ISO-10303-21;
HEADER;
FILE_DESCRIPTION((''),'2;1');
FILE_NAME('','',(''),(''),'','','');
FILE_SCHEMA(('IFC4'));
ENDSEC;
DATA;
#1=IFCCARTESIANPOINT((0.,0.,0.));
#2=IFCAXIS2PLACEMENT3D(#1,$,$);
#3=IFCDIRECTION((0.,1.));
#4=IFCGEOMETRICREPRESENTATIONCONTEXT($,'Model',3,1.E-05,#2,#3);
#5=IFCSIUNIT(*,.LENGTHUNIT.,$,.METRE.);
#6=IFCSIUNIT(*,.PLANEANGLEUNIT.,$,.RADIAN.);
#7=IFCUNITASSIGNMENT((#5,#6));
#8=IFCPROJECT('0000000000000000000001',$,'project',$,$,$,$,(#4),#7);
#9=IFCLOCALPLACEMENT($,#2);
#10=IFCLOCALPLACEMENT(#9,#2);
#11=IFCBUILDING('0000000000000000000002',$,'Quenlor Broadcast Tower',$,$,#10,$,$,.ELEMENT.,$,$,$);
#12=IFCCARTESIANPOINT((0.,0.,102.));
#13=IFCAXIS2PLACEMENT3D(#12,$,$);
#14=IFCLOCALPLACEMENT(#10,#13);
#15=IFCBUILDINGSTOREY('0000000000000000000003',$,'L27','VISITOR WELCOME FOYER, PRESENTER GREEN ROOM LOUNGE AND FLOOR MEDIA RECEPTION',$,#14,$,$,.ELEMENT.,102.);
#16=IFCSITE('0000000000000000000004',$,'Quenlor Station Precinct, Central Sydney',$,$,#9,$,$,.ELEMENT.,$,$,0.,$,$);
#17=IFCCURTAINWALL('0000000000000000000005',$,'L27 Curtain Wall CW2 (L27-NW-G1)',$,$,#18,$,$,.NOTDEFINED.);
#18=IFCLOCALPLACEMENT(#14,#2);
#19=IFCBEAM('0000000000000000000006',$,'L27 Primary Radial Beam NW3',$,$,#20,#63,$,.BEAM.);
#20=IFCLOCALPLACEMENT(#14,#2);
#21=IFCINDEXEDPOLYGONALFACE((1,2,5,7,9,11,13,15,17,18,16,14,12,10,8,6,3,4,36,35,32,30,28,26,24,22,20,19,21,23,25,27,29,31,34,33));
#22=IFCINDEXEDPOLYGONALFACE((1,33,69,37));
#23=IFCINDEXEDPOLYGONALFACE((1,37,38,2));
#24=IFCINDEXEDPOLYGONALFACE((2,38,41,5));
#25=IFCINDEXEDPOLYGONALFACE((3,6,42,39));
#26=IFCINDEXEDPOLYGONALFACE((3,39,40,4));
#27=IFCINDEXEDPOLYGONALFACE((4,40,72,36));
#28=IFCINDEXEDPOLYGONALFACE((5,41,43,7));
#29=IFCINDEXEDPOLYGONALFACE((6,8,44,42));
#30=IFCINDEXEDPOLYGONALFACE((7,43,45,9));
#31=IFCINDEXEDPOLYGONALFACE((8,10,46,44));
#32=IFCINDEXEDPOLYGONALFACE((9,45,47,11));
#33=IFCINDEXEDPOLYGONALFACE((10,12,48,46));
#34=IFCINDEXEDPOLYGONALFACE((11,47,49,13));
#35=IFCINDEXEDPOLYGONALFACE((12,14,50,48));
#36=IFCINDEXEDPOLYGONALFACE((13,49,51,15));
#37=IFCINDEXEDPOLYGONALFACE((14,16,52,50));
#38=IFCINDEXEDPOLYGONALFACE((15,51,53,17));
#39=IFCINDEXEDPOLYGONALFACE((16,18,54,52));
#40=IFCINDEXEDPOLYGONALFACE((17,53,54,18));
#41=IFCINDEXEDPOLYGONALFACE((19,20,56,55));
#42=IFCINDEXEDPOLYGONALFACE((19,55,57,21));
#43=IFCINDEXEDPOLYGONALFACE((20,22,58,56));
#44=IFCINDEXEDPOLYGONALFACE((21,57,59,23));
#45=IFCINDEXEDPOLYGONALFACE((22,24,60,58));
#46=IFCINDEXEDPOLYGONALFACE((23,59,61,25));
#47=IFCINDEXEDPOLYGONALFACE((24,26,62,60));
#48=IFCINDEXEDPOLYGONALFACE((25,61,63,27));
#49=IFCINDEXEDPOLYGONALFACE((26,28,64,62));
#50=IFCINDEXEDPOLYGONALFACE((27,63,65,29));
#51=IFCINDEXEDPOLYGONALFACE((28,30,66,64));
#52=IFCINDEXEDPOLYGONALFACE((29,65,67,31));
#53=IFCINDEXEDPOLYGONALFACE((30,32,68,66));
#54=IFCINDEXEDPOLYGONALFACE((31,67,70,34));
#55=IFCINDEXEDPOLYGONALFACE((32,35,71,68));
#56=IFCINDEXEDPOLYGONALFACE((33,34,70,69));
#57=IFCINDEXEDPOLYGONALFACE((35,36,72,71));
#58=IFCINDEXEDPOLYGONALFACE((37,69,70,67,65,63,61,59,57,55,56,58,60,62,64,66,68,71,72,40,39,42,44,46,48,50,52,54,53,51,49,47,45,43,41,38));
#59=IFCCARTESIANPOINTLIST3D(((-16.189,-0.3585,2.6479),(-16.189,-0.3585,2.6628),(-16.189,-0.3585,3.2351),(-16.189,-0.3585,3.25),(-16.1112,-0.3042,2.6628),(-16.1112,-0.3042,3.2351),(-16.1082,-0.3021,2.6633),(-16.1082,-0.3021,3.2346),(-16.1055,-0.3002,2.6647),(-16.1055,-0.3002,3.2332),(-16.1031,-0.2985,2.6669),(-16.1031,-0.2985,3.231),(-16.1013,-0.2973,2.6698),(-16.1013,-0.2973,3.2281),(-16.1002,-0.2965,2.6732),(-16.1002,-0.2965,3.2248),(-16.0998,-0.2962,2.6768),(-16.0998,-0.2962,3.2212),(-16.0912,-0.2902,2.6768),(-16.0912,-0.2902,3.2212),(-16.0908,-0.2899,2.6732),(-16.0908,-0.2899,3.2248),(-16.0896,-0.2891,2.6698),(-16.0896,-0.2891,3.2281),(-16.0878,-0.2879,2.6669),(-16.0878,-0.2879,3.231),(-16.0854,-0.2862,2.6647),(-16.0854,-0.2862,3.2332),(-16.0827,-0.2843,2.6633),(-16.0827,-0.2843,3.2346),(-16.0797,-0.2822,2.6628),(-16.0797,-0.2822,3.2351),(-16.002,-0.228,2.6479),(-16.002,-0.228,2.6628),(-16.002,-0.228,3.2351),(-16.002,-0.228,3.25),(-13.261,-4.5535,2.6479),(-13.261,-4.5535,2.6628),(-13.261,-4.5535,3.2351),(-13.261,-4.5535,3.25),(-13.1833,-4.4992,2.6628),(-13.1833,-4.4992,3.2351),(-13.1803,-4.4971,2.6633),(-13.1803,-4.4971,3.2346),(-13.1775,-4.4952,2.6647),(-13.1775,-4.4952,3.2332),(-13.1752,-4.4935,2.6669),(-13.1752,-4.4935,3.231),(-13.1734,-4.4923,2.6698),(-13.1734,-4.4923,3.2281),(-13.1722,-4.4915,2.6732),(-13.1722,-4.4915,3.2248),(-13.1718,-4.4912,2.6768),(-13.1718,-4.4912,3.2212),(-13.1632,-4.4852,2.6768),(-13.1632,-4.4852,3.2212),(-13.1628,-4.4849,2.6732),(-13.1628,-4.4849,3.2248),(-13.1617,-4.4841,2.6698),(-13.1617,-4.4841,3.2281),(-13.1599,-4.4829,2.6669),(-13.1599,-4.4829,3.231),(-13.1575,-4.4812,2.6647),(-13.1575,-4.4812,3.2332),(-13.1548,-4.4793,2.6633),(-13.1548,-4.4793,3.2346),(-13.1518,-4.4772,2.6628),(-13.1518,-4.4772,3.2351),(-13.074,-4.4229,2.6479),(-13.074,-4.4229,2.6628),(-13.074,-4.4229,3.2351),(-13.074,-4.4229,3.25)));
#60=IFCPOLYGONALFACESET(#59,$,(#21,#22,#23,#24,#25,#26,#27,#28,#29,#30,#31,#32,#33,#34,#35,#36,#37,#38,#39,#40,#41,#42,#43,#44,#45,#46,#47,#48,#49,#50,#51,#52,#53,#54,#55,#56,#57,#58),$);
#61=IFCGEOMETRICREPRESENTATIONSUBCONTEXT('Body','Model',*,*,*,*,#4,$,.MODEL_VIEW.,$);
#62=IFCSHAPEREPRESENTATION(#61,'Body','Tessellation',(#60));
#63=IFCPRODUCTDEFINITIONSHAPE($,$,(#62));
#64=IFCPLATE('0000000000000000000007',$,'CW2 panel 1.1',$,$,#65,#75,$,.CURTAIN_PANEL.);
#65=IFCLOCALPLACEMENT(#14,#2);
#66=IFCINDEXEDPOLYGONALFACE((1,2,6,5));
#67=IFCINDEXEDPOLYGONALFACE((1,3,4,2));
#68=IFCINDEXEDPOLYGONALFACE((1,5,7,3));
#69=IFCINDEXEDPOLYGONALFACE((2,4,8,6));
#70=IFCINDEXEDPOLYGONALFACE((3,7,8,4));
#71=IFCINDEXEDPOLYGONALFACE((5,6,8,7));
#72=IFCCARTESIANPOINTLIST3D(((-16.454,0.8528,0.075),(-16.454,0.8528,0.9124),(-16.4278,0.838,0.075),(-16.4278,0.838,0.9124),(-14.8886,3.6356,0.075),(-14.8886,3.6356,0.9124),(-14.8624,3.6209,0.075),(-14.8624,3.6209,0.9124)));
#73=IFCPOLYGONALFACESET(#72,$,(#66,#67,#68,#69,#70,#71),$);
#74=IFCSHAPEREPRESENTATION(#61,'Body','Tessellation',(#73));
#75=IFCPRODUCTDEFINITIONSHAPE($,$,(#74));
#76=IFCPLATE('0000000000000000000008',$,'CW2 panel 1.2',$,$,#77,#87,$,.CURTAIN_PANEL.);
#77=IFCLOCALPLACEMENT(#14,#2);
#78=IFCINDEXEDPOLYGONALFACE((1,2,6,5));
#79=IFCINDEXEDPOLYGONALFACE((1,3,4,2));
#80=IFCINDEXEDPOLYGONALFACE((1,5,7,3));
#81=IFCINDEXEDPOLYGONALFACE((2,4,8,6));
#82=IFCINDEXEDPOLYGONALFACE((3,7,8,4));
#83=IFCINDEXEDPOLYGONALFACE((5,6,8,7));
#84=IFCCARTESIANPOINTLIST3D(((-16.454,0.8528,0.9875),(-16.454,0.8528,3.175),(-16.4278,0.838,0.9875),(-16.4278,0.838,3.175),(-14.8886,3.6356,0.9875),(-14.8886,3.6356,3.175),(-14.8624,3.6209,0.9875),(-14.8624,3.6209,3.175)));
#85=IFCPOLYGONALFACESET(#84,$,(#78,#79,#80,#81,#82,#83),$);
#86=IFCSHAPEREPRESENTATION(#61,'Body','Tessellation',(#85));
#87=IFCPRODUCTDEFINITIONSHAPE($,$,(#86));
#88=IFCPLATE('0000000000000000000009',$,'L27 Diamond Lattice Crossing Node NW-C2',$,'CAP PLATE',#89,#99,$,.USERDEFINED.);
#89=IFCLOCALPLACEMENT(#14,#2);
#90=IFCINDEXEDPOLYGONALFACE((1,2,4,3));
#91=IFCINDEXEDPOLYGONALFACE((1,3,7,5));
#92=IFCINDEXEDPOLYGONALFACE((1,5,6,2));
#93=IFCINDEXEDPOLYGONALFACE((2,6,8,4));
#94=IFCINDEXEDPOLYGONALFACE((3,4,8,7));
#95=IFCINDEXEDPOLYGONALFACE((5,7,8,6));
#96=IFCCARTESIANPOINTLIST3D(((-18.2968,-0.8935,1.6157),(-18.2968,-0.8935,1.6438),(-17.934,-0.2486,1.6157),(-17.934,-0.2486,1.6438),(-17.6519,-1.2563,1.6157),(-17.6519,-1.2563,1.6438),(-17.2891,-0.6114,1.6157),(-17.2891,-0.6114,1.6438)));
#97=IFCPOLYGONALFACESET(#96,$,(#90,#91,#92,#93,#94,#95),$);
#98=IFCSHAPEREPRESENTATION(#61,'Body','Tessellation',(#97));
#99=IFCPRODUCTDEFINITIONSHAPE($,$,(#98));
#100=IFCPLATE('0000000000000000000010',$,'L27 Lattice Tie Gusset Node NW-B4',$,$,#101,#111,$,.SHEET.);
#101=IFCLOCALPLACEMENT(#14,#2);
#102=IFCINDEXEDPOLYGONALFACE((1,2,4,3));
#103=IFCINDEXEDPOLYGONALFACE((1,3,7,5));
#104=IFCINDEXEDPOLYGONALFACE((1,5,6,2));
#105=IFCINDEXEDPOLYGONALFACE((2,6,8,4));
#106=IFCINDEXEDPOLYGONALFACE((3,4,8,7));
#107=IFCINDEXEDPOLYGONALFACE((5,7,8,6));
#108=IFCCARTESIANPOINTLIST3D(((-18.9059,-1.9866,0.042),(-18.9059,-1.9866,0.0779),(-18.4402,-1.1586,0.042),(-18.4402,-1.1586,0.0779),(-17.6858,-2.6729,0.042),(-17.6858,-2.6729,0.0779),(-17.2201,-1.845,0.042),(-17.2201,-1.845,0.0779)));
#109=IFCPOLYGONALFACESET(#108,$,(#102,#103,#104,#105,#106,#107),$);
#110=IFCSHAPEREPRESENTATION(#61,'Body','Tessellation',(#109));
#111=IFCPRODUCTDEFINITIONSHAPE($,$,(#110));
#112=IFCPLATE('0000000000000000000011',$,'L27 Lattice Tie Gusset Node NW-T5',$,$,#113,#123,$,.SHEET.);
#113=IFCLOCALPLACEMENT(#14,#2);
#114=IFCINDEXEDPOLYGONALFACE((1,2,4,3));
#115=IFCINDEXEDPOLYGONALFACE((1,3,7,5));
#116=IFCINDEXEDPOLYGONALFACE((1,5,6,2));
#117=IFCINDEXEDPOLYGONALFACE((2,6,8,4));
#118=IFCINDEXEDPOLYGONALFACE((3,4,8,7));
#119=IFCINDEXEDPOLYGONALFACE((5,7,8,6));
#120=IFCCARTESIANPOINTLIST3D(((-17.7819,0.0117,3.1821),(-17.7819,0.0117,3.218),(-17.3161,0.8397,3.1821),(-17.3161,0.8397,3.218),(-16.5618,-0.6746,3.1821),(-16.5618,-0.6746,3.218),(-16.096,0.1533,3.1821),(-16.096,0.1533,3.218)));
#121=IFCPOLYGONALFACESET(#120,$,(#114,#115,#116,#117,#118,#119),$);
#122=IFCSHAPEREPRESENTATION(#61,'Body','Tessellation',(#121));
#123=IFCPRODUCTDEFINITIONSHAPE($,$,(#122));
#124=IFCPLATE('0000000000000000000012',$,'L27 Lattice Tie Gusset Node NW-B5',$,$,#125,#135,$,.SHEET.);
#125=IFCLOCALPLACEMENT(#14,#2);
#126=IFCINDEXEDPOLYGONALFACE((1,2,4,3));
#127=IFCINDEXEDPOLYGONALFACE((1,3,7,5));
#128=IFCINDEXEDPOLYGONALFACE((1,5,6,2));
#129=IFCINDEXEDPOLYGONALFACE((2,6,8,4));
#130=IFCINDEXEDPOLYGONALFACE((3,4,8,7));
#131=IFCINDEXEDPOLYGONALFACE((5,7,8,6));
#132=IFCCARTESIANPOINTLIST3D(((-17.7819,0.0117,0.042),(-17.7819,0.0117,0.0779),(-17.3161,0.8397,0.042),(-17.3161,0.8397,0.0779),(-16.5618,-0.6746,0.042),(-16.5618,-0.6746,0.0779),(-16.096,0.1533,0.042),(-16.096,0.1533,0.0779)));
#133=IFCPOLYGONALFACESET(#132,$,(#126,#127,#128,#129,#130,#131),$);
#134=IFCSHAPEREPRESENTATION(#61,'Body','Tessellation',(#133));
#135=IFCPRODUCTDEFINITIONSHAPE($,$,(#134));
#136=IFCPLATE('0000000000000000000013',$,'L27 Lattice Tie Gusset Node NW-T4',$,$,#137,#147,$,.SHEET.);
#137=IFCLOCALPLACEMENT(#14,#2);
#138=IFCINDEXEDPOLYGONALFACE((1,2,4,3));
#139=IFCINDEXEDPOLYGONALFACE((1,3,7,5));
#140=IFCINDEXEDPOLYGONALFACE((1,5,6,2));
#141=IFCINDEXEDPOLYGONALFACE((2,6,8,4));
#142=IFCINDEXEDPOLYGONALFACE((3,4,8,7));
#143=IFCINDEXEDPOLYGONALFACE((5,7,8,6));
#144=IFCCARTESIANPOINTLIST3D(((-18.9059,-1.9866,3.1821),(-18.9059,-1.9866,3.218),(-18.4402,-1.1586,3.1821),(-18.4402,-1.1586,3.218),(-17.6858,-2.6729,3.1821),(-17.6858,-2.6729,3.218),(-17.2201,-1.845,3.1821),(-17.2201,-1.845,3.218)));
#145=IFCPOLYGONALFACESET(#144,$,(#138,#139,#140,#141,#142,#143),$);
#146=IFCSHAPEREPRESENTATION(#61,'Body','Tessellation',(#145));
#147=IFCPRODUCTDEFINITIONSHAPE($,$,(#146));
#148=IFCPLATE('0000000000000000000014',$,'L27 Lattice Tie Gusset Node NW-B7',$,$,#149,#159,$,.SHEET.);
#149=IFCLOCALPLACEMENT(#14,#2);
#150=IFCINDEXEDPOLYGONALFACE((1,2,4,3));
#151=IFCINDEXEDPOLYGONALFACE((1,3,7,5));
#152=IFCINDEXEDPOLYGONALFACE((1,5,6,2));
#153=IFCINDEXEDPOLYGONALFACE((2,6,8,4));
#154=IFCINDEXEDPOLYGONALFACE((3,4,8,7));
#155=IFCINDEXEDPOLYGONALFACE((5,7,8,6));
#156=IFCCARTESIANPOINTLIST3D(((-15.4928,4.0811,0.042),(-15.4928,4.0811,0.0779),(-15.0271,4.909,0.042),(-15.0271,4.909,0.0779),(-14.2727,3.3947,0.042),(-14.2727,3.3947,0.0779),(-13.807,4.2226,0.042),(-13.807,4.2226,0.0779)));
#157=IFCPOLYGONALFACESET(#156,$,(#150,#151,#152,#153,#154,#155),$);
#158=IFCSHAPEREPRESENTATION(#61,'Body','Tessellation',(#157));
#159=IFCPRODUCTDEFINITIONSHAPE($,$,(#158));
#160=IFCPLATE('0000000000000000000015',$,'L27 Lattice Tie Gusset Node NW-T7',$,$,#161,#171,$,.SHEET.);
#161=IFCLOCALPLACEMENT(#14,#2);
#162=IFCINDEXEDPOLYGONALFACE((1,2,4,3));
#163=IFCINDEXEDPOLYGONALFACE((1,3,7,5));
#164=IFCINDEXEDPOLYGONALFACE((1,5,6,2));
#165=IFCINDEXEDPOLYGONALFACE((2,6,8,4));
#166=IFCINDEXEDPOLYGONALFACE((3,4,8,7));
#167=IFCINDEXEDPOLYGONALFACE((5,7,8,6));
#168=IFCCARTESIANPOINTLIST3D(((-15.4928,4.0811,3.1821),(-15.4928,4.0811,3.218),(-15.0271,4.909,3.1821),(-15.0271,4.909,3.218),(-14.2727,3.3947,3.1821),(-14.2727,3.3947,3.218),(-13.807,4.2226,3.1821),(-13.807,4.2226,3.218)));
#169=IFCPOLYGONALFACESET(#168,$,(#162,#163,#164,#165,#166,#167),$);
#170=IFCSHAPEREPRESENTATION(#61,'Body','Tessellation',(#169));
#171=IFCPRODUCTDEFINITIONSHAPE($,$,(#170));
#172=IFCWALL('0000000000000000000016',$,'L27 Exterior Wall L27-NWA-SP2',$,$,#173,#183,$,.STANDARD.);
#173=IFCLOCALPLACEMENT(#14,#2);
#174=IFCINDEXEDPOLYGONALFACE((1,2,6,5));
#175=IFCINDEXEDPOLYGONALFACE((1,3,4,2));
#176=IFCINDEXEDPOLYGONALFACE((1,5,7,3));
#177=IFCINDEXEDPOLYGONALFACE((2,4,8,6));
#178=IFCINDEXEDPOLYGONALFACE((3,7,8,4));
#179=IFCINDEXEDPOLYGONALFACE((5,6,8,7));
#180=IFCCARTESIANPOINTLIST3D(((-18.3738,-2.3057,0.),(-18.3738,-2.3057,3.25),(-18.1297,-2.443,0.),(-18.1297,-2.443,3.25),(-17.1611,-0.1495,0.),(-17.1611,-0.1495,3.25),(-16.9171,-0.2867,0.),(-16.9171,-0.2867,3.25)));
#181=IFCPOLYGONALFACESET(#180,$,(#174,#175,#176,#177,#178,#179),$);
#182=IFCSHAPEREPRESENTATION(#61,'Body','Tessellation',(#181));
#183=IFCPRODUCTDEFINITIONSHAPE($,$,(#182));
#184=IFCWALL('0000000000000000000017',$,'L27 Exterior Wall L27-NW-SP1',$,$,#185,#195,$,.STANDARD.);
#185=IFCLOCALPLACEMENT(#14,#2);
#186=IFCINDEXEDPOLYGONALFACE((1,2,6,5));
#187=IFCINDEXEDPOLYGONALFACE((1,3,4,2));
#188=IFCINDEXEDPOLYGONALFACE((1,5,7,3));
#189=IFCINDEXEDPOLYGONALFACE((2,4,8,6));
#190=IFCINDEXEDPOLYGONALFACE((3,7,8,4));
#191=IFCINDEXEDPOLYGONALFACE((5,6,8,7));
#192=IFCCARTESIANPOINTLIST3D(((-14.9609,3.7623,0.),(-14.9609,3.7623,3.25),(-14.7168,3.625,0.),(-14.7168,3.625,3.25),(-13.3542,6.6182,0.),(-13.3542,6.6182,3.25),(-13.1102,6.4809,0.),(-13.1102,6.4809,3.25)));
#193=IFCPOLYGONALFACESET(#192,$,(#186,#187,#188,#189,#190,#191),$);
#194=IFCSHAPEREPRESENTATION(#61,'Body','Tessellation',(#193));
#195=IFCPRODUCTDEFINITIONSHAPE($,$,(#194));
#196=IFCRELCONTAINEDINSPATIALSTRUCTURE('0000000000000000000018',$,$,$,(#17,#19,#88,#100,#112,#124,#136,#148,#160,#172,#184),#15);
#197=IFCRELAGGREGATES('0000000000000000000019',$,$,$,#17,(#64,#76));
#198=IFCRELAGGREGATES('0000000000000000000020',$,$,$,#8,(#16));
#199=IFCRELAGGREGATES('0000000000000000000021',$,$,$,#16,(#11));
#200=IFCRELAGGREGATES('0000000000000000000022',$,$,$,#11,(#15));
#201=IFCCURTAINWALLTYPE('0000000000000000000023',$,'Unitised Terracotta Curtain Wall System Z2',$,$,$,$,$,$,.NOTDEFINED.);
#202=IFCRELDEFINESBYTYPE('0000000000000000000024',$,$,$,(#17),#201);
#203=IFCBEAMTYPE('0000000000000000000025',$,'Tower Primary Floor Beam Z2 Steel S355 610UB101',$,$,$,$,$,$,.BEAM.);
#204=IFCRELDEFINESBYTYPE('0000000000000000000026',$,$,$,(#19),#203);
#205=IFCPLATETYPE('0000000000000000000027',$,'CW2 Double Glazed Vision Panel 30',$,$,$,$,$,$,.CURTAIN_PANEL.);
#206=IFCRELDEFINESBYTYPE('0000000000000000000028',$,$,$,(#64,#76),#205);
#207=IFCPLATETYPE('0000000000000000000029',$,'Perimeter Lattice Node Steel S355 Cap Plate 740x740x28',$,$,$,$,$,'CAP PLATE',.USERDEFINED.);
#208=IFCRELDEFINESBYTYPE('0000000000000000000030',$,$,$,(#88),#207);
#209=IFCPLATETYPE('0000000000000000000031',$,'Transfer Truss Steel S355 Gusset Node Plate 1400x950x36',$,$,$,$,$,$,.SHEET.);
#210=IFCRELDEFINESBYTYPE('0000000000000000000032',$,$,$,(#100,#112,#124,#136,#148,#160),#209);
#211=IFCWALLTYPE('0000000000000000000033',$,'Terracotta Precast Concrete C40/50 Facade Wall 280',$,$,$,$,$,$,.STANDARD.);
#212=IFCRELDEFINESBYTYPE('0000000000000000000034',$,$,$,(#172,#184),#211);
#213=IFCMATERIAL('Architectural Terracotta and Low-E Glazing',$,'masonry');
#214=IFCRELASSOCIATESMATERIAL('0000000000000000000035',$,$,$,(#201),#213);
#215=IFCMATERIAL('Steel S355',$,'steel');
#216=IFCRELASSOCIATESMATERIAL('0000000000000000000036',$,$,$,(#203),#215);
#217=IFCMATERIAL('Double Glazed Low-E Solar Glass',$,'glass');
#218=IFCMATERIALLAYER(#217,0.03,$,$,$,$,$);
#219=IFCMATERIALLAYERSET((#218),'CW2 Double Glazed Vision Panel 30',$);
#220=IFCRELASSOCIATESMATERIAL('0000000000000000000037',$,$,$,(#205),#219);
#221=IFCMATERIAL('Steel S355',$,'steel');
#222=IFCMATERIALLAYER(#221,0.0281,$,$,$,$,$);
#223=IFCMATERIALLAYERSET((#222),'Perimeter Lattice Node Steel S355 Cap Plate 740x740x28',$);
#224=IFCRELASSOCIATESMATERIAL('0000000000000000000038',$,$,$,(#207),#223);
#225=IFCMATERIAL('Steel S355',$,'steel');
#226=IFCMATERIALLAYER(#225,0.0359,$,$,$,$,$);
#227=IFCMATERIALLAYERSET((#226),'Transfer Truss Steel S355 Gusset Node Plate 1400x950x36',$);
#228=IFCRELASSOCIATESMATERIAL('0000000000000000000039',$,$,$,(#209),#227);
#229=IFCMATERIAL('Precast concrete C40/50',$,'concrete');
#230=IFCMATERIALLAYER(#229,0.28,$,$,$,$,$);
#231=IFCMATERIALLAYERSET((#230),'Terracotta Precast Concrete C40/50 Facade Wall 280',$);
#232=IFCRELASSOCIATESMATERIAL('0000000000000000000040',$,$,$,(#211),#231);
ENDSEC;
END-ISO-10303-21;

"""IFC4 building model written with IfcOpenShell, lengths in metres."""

from ifc_helpers import new_model, si_unit, direction, frame, frame_2d, origin, origin_2d, place, context, subcontext, project, spatial, rectangle, i_section, extrude, material, layer, layer_set, material_profile, profile_set, type_object, element, aggregate, save


model = new_model("IFC4")

# Units and contexts
model_context = context("Model", 3, precision=1e-05, world=origin(), true_north=direction((0.0, 1.0)))
body_context = subcontext(model_context, "Body", "Model", "MODEL_VIEW")
ifc_project = project(units=[si_unit("LENGTHUNIT", "METRE"), si_unit("PLANEANGLEUNIT", "RADIAN")], contexts=[model_context])

# Site, building, storey
site_placement = place(None, origin())
site = spatial("IfcSite", under=ifc_project, at=site_placement, Name="Quenlor Station Precinct, Central Sydney", CompositionType="ELEMENT", RefElevation=0.0)
building_placement = place(site_placement, origin())
building = spatial("IfcBuilding", under=site, at=building_placement, Name="Quenlor Broadcast Tower", CompositionType="ELEMENT")
storey_placement = place(building_placement, frame((0.0, 0.0, 102.0)))
storey = spatial("IfcBuildingStorey", under=building, at=storey_placement, Name="L27", Description="VISITOR WELCOME FOYER, PRESENTER GREEN ROOM LOUNGE AND FLOOR MEDIA RECEPTION", CompositionType="ELEMENT", Elevation=102.0)

# Curtain wall
ifc_material_1 = material(Name="Architectural Terracotta and Low-E Glazing", Category="masonry")
curtain_wall_type = type_object("IfcCurtainWallType", Name="Unitised Terracotta Curtain Wall System Z2", PredefinedType="NOTDEFINED", material=ifc_material_1)
curtain_wall_placement = place(storey_placement, origin())
curtain_wall = element("IfcCurtainWall", 1, at=curtain_wall_placement, inside=storey, type_object=curtain_wall_type, Name="L27 Curtain Wall CW2 (L27-NW-G1)", PredefinedType="NOTDEFINED")

# Beam
ifc_material_2 = material(Name="Steel S355", Category="steel")
ifc_material_profile_1 = material_profile(ifc_material_2, i_section(OverallWidth=0.228, OverallDepth=0.6021, WebThickness=0.0105, FlangeThickness=0.0149, FilletRadius=0.0139, at=origin_2d()))
ifc_profile_set_1 = profile_set([ifc_material_profile_1], Name="Steel S355 610UB101")
beam_type_1 = type_object("IfcBeamType", Name="Tower Primary Floor Beam Z2 Steel S355 610UB101", PredefinedType="BEAM", material=ifc_profile_set_1)
beam_1_placement = place(storey_placement, frame((-16.0955, -0.2932, 2.949), z_axis=(0.572338, -0.820018, 0.0), x_axis=(0.820018, 0.572338, 0.0)))
element("IfcBeam", 2, at=beam_1_placement, inside=storey, type_object=beam_type_1, Name="L27 Primary Radial Beam NW3", PredefinedType="BEAM", context=body_context, shape_type="SweptSolid", body=[
    extrude(i_section(OverallWidth=0.228, OverallDepth=0.6021, WebThickness=0.0105, FlangeThickness=0.0149, FilletRadius=0.0139, at=origin_2d()), origin(), (0.0, 0.0, 1.0), 5.1157),
])

# Plates
ifc_material_3 = material(Name="Double Glazed Low-E Solar Glass", Category="glass")
ifc_layer_1 = layer(ifc_material_3, 0.03)
ifc_layer_set_1 = layer_set([ifc_layer_1], Name="CW2 Double Glazed Vision Panel 30")
plate_type_1 = type_object("IfcPlateType", Name="CW2 Double Glazed Vision Panel 30", PredefinedType="CURTAIN_PANEL", material=ifc_layer_set_1)
plate_1_placement = place(storey_placement, frame((-15.6582, 2.2368, 0.075), z_axis=(0.0, 0.0, 1.0), x_axis=(0.490261, 0.871576, 0.0)))
plate_1 = element("IfcPlate", 3, at=plate_1_placement, type_object=plate_type_1, Name="CW2 panel 1.1", PredefinedType="CURTAIN_PANEL", context=body_context, shape_type="SweptSolid", body=[
    extrude(rectangle(XDim=3.1929, YDim=0.03, at=origin_2d()), origin(), (0.0, 0.0, 1.0), 0.8374),
])
plate_2_placement = place(storey_placement, frame((-15.6582, 2.2368, 0.9875), z_axis=(0.0, 0.0, 1.0), x_axis=(0.490261, 0.871576, 0.0)))
plate_2 = element("IfcPlate", 4, at=plate_2_placement, type_object=plate_type_1, Name="CW2 panel 1.2", PredefinedType="CURTAIN_PANEL", context=body_context, shape_type="SweptSolid", body=[
    extrude(rectangle(XDim=3.1929, YDim=0.03, at=origin_2d()), origin(), (0.0, 0.0, 1.0), 2.1875),
])
aggregate(curtain_wall, [plate_1, plate_2])

# Plates
ifc_material_4 = material(Name="Steel S355", Category="steel")
ifc_layer_2 = layer(ifc_material_4, 0.0281)
ifc_layer_set_2 = layer_set([ifc_layer_2], Name="Perimeter Lattice Node Steel S355 Cap Plate 740x740x28")
plate_type_2 = type_object("IfcPlateType", Name="Perimeter Lattice Node Steel S355 Cap Plate 740x740x28", ElementType="CAP PLATE", PredefinedType="USERDEFINED", material=ifc_layer_set_2)
plate_3_placement = place(storey_placement, frame((-17.793, -0.7524, 1.6157), z_axis=(0.0, 0.0, 1.0), x_axis=(0.490295, 0.871556, 0.0)))
element("IfcPlate", 5, at=plate_3_placement, inside=storey, type_object=plate_type_2, Name="L27 Diamond Lattice Crossing Node NW-C2", ObjectType="CAP PLATE", PredefinedType="USERDEFINED", context=body_context, shape_type="SweptSolid", body=[
    extrude(rectangle(XDim=0.74, YDim=0.74, at=origin_2d()), origin(), (0.0, 0.0, 1.0), 0.0281),
])
ifc_material_5 = material(Name="Steel S355", Category="steel")
ifc_layer_3 = layer(ifc_material_5, 0.0359)
ifc_layer_set_3 = layer_set([ifc_layer_3], Name="Transfer Truss Steel S355 Gusset Node Plate 1400x950x36")
plate_type_3 = type_object("IfcPlateType", Name="Transfer Truss Steel S355 Gusset Node Plate 1400x950x36", PredefinedType="SHEET", material=ifc_layer_set_3)
for number, where, z_axis, x_axis, name in (
    (6, (-18.063, -1.9158, 0.042), (0.0, 0.0, 1.0), (-0.871556, 0.490295, 0.0), "L27 Lattice Tie Gusset Node NW-B4"),
    (7, (-16.939, 0.0825, 3.1821), (0.0, 0.0, 1.0), (-0.871556, 0.490295, 0.0), "L27 Lattice Tie Gusset Node NW-T5"),
    (8, (-16.939, 0.0825, 0.042), (0.0, 0.0, 1.0), (-0.871556, 0.490295, 0.0), "L27 Lattice Tie Gusset Node NW-B5"),
    (9, (-18.063, -1.9158, 3.1821), (0.0, 0.0, 1.0), (-0.871556, 0.490295, 0.0), "L27 Lattice Tie Gusset Node NW-T4"),
    (10, (-14.6499, 4.1519, 0.042), (0.0, 0.0, 1.0), (-0.871556, 0.490295, 0.0), "L27 Lattice Tie Gusset Node NW-B7"),
    (11, (-14.6499, 4.1519, 3.1821), (0.0, 0.0, 1.0), (-0.871556, 0.490295, 0.0), "L27 Lattice Tie Gusset Node NW-T7"),
):
    element("IfcPlate", number, at=place(storey_placement, frame(where, z_axis=z_axis, x_axis=x_axis)), inside=storey, type_object=plate_type_3, Name=name, PredefinedType="SHEET", context=body_context, shape_type="SweptSolid", body=[
        extrude(rectangle(XDim=1.3999, YDim=0.95, at=origin_2d()), origin(), (0.0, 0.0, 1.0), 0.0359),
    ])

# Walls
ifc_material_6 = material(Name="Precast concrete C40/50", Category="concrete")
ifc_layer_4 = layer(ifc_material_6, 0.28)
ifc_layer_set_4 = layer_set([ifc_layer_4], Name="Terracotta Precast Concrete C40/50 Facade Wall 280")
wall_type = type_object("IfcWallType", Name="Terracotta Precast Concrete C40/50 Facade Wall 280", PredefinedType="STANDARD", material=ifc_layer_set_4)
wall_1_placement = place(storey_placement, frame((-18.2517, -2.3743, 0.0), z_axis=(0.0, 0.0, 1.0), x_axis=(0.490186, 0.871618, 0.0)))
element("IfcWall", 12, at=wall_1_placement, inside=storey, type_object=wall_type, Name="L27 Exterior Wall L27-NWA-SP2", PredefinedType="STANDARD", context=body_context, shape_type="SweptSolid", body=[
    extrude(rectangle(XDim=2.4739, YDim=0.28, at=frame_2d((1.2368, 0.0))), origin(), (0.0, 0.0, 1.0), 3.25),
])
wall_2_placement = place(storey_placement, frame((-14.8389, 3.6936, 0.0), z_axis=(0.0, 0.0, 1.0), x_axis=(0.490311, 0.871548, 0.0)))
element("IfcWall", 13, at=wall_2_placement, inside=storey, type_object=wall_type, Name="L27 Exterior Wall L27-NW-SP1", PredefinedType="STANDARD", context=body_context, shape_type="SweptSolid", body=[
    extrude(rectangle(XDim=3.2769, YDim=0.28, at=frame_2d((1.6384, 0.0))), origin(), (0.0, 0.0, 1.0), 3.25),
])

save(model, "model.ifc")
